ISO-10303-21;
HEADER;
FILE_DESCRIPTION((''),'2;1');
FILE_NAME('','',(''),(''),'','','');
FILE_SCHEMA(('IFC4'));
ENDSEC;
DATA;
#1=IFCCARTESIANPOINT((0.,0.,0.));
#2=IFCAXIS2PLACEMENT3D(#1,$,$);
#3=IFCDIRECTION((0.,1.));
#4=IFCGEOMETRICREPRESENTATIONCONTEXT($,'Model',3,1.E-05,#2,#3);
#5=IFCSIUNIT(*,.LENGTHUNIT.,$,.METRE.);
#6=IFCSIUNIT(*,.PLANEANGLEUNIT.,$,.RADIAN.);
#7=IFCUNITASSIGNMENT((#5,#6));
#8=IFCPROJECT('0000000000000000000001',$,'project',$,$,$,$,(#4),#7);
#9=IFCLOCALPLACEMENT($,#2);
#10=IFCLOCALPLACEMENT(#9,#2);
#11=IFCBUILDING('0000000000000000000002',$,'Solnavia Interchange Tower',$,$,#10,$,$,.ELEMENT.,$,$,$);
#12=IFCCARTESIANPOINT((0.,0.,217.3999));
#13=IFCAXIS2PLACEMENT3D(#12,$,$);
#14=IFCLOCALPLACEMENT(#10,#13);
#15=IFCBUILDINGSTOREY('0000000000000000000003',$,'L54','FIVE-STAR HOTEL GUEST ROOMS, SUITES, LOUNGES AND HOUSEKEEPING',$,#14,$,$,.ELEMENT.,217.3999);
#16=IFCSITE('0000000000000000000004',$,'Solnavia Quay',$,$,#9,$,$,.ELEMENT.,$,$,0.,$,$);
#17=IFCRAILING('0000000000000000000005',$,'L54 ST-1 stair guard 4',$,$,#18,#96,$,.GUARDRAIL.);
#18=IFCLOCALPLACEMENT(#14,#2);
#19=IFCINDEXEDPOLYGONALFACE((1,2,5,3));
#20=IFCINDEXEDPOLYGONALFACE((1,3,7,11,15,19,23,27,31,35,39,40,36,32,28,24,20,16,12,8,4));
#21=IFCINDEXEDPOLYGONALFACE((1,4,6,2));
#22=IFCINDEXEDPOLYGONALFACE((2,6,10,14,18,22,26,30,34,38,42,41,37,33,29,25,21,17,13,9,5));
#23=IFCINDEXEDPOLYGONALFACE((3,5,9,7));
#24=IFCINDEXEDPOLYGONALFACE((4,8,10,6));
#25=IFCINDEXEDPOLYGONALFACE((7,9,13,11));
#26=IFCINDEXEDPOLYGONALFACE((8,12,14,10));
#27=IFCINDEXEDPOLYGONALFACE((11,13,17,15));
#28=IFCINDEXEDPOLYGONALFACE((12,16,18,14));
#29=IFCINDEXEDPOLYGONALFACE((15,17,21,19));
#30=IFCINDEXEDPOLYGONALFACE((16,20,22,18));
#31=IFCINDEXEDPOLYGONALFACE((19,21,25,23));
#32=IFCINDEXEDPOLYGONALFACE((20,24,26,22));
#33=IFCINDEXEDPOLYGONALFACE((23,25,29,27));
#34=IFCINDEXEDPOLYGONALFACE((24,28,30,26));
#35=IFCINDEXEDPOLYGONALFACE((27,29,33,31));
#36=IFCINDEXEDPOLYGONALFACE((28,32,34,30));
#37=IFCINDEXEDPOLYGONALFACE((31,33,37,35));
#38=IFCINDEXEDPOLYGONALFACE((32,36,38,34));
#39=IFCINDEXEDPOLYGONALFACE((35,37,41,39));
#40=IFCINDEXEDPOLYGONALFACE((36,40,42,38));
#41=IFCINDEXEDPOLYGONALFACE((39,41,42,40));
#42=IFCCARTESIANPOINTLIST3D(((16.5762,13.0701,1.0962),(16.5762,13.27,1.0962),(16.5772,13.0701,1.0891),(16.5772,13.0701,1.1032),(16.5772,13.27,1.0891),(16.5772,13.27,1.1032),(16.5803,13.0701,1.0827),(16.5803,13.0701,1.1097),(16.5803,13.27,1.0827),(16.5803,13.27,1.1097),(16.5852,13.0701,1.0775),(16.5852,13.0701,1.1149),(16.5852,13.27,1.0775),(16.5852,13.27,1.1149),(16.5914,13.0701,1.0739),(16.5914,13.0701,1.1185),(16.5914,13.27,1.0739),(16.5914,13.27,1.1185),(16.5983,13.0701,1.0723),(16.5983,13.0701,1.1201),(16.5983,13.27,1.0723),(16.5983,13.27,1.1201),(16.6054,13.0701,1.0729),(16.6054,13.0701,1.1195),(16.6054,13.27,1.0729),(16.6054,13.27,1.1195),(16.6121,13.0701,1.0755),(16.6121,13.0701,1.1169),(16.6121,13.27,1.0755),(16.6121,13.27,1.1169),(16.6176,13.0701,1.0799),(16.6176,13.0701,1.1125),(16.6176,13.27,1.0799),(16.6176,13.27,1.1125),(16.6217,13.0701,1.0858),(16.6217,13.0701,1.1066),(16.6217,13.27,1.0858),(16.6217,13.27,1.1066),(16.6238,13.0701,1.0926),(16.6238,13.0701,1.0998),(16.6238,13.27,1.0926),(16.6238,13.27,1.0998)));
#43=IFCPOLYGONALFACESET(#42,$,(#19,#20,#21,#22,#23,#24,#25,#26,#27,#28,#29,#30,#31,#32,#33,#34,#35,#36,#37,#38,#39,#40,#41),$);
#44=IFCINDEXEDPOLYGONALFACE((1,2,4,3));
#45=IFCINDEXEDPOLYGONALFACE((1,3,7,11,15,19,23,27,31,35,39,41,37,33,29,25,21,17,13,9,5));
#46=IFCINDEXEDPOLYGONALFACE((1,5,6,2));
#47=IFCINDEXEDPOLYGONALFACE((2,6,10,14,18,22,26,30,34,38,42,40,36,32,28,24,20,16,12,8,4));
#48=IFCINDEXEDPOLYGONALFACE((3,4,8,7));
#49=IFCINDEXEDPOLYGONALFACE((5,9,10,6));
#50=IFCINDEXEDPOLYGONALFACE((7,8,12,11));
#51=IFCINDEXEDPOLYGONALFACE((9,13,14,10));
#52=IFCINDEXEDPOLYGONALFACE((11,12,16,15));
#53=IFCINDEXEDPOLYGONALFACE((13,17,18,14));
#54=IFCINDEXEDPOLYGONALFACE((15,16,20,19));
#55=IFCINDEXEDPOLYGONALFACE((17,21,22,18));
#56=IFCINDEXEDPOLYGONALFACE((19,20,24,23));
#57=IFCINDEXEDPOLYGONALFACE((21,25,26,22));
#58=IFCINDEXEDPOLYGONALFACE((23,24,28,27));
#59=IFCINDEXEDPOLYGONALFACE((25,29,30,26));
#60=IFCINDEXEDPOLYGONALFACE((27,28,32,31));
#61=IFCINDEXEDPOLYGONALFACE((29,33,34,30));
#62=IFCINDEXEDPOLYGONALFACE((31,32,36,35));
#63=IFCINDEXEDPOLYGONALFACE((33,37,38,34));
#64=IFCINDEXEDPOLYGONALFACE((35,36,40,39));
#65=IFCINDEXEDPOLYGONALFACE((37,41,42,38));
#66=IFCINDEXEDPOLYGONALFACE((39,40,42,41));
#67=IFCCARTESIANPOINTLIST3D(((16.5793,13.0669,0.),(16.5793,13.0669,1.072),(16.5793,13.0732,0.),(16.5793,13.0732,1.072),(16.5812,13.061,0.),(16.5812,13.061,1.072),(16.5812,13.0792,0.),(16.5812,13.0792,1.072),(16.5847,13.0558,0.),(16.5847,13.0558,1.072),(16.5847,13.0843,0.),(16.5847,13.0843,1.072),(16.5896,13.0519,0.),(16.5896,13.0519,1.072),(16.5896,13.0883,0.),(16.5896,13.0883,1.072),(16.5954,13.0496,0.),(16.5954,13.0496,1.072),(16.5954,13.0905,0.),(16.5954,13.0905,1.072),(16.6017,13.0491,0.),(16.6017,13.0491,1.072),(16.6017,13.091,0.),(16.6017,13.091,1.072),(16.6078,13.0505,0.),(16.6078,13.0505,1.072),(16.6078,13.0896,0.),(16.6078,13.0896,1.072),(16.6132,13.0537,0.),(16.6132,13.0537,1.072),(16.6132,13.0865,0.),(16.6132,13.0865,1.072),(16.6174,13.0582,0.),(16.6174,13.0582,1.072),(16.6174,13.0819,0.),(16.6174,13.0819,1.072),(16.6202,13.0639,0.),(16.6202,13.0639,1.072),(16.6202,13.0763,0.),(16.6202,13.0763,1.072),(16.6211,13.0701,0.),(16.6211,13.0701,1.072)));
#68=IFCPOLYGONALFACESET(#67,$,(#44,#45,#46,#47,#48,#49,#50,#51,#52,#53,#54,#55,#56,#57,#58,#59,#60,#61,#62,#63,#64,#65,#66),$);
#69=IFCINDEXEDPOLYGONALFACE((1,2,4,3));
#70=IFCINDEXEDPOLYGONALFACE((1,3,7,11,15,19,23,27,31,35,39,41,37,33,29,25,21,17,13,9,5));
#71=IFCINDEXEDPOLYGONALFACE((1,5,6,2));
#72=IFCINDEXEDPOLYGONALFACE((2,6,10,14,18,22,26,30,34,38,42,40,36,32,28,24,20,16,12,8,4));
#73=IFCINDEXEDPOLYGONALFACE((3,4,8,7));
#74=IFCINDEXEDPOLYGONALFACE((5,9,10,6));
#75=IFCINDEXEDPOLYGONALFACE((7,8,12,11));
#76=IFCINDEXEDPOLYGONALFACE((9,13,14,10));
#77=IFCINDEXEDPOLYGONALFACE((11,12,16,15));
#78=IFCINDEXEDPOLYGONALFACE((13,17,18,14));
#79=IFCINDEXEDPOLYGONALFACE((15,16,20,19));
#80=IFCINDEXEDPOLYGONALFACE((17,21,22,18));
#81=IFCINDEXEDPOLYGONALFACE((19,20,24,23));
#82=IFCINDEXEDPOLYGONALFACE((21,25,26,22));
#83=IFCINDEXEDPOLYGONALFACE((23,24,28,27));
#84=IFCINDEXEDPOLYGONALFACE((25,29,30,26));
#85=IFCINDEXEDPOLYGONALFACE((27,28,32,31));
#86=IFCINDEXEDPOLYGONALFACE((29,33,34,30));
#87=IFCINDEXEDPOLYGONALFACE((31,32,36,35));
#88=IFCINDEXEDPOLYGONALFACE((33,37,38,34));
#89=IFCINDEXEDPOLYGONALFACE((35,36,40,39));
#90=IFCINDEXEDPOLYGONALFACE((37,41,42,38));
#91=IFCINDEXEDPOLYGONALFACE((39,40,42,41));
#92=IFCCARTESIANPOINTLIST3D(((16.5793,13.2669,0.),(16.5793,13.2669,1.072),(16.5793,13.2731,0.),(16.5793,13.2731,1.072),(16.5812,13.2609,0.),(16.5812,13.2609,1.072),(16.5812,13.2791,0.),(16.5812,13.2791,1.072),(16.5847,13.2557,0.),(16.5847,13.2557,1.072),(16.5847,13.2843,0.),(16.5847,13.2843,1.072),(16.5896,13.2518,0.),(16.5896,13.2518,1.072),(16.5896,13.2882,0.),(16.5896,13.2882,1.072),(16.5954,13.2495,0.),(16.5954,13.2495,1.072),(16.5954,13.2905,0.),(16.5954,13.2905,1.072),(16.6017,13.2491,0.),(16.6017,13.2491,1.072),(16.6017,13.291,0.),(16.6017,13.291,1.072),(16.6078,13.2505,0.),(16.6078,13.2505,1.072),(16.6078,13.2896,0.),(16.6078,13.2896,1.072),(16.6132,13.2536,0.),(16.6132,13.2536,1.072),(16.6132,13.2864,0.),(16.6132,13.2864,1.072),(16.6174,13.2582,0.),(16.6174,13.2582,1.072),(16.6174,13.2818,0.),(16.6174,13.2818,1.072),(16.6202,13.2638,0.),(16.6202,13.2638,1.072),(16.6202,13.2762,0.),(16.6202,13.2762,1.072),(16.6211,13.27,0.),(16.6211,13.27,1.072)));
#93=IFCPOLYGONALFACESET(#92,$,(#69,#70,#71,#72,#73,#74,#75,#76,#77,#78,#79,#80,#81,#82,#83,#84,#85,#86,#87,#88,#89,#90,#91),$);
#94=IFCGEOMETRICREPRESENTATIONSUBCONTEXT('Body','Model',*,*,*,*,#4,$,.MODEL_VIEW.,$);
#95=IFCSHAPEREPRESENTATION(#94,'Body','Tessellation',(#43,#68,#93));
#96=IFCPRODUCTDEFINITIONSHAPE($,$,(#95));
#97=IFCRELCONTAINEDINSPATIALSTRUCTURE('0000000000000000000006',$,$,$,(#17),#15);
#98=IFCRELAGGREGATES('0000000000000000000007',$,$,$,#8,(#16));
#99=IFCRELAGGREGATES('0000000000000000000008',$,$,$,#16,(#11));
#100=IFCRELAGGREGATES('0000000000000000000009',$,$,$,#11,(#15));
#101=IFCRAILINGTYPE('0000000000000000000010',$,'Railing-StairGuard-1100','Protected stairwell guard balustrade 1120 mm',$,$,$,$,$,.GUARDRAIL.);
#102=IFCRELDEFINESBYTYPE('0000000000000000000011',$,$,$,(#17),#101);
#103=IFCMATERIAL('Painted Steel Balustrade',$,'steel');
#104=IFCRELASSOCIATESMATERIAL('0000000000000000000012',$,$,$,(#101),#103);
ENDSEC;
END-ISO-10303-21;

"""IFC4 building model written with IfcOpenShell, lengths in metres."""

from ifc_helpers import new_model, si_unit, direction, frame, origin, origin_2d, place, context, subcontext, project, spatial, circle, extrude, material, type_object, element, save


model = new_model("IFC4")

# Units and contexts
model_context = context("Model", 3, precision=1e-05, world=origin(), true_north=direction((0.0, 1.0)))
body_context = subcontext(model_context, "Body", "Model", "MODEL_VIEW")
ifc_project = project(units=[si_unit("LENGTHUNIT", "METRE"), si_unit("PLANEANGLEUNIT", "RADIAN")], contexts=[model_context])

# Site, building, storey
site_placement = place(None, origin())
site = spatial("IfcSite", under=ifc_project, at=site_placement, Name="Solnavia Quay", CompositionType="ELEMENT", RefElevation=0.0)
building_placement = place(site_placement, origin())
building = spatial("IfcBuilding", under=site, at=building_placement, Name="Solnavia Interchange Tower", CompositionType="ELEMENT")
storey_placement = place(building_placement, frame((0.0, 0.0, 217.3999)))
storey = spatial("IfcBuildingStorey", under=building, at=storey_placement, Name="L54", Description="FIVE-STAR HOTEL GUEST ROOMS, SUITES, LOUNGES AND HOUSEKEEPING", CompositionType="ELEMENT", Elevation=217.3999)

# Railing
ifc_material_1 = material(Name="Painted Steel Balustrade", Category="steel")
railing_type_1 = type_object("IfcRailingType", Name="Railing-StairGuard-1100", Description="Protected stairwell guard balustrade 1120 mm", PredefinedType="GUARDRAIL", material=ifc_material_1)
railing_1_placement = place(storey_placement, frame((16.6001, 13.0701, 0.0)))
element("IfcRailing", 1, at=railing_1_placement, inside=storey, type_object=railing_type_1, Name="L54 ST-1 stair guard 4", PredefinedType="GUARDRAIL", context=body_context, shape_type="SweptSolid", body=[
    extrude(circle(Radius=0.0239, at=origin_2d()), frame((0.0, 0.0, 1.0962), z_axis=(0.0, 1.0, 0.0), x_axis=(-1.0, 0.0, 0.0)), (0.0, 0.0, 1.0), 0.2),
    extrude(circle(Radius=0.021, at=origin_2d()), origin(), (0.0, 0.0, 1.0), 1.072),
    extrude(circle(Radius=0.021, at=origin_2d()), frame((0.0, 0.2, 0.0)), (0.0, 0.0, 1.0), 1.072),
])

save(model, "model.ifc")
